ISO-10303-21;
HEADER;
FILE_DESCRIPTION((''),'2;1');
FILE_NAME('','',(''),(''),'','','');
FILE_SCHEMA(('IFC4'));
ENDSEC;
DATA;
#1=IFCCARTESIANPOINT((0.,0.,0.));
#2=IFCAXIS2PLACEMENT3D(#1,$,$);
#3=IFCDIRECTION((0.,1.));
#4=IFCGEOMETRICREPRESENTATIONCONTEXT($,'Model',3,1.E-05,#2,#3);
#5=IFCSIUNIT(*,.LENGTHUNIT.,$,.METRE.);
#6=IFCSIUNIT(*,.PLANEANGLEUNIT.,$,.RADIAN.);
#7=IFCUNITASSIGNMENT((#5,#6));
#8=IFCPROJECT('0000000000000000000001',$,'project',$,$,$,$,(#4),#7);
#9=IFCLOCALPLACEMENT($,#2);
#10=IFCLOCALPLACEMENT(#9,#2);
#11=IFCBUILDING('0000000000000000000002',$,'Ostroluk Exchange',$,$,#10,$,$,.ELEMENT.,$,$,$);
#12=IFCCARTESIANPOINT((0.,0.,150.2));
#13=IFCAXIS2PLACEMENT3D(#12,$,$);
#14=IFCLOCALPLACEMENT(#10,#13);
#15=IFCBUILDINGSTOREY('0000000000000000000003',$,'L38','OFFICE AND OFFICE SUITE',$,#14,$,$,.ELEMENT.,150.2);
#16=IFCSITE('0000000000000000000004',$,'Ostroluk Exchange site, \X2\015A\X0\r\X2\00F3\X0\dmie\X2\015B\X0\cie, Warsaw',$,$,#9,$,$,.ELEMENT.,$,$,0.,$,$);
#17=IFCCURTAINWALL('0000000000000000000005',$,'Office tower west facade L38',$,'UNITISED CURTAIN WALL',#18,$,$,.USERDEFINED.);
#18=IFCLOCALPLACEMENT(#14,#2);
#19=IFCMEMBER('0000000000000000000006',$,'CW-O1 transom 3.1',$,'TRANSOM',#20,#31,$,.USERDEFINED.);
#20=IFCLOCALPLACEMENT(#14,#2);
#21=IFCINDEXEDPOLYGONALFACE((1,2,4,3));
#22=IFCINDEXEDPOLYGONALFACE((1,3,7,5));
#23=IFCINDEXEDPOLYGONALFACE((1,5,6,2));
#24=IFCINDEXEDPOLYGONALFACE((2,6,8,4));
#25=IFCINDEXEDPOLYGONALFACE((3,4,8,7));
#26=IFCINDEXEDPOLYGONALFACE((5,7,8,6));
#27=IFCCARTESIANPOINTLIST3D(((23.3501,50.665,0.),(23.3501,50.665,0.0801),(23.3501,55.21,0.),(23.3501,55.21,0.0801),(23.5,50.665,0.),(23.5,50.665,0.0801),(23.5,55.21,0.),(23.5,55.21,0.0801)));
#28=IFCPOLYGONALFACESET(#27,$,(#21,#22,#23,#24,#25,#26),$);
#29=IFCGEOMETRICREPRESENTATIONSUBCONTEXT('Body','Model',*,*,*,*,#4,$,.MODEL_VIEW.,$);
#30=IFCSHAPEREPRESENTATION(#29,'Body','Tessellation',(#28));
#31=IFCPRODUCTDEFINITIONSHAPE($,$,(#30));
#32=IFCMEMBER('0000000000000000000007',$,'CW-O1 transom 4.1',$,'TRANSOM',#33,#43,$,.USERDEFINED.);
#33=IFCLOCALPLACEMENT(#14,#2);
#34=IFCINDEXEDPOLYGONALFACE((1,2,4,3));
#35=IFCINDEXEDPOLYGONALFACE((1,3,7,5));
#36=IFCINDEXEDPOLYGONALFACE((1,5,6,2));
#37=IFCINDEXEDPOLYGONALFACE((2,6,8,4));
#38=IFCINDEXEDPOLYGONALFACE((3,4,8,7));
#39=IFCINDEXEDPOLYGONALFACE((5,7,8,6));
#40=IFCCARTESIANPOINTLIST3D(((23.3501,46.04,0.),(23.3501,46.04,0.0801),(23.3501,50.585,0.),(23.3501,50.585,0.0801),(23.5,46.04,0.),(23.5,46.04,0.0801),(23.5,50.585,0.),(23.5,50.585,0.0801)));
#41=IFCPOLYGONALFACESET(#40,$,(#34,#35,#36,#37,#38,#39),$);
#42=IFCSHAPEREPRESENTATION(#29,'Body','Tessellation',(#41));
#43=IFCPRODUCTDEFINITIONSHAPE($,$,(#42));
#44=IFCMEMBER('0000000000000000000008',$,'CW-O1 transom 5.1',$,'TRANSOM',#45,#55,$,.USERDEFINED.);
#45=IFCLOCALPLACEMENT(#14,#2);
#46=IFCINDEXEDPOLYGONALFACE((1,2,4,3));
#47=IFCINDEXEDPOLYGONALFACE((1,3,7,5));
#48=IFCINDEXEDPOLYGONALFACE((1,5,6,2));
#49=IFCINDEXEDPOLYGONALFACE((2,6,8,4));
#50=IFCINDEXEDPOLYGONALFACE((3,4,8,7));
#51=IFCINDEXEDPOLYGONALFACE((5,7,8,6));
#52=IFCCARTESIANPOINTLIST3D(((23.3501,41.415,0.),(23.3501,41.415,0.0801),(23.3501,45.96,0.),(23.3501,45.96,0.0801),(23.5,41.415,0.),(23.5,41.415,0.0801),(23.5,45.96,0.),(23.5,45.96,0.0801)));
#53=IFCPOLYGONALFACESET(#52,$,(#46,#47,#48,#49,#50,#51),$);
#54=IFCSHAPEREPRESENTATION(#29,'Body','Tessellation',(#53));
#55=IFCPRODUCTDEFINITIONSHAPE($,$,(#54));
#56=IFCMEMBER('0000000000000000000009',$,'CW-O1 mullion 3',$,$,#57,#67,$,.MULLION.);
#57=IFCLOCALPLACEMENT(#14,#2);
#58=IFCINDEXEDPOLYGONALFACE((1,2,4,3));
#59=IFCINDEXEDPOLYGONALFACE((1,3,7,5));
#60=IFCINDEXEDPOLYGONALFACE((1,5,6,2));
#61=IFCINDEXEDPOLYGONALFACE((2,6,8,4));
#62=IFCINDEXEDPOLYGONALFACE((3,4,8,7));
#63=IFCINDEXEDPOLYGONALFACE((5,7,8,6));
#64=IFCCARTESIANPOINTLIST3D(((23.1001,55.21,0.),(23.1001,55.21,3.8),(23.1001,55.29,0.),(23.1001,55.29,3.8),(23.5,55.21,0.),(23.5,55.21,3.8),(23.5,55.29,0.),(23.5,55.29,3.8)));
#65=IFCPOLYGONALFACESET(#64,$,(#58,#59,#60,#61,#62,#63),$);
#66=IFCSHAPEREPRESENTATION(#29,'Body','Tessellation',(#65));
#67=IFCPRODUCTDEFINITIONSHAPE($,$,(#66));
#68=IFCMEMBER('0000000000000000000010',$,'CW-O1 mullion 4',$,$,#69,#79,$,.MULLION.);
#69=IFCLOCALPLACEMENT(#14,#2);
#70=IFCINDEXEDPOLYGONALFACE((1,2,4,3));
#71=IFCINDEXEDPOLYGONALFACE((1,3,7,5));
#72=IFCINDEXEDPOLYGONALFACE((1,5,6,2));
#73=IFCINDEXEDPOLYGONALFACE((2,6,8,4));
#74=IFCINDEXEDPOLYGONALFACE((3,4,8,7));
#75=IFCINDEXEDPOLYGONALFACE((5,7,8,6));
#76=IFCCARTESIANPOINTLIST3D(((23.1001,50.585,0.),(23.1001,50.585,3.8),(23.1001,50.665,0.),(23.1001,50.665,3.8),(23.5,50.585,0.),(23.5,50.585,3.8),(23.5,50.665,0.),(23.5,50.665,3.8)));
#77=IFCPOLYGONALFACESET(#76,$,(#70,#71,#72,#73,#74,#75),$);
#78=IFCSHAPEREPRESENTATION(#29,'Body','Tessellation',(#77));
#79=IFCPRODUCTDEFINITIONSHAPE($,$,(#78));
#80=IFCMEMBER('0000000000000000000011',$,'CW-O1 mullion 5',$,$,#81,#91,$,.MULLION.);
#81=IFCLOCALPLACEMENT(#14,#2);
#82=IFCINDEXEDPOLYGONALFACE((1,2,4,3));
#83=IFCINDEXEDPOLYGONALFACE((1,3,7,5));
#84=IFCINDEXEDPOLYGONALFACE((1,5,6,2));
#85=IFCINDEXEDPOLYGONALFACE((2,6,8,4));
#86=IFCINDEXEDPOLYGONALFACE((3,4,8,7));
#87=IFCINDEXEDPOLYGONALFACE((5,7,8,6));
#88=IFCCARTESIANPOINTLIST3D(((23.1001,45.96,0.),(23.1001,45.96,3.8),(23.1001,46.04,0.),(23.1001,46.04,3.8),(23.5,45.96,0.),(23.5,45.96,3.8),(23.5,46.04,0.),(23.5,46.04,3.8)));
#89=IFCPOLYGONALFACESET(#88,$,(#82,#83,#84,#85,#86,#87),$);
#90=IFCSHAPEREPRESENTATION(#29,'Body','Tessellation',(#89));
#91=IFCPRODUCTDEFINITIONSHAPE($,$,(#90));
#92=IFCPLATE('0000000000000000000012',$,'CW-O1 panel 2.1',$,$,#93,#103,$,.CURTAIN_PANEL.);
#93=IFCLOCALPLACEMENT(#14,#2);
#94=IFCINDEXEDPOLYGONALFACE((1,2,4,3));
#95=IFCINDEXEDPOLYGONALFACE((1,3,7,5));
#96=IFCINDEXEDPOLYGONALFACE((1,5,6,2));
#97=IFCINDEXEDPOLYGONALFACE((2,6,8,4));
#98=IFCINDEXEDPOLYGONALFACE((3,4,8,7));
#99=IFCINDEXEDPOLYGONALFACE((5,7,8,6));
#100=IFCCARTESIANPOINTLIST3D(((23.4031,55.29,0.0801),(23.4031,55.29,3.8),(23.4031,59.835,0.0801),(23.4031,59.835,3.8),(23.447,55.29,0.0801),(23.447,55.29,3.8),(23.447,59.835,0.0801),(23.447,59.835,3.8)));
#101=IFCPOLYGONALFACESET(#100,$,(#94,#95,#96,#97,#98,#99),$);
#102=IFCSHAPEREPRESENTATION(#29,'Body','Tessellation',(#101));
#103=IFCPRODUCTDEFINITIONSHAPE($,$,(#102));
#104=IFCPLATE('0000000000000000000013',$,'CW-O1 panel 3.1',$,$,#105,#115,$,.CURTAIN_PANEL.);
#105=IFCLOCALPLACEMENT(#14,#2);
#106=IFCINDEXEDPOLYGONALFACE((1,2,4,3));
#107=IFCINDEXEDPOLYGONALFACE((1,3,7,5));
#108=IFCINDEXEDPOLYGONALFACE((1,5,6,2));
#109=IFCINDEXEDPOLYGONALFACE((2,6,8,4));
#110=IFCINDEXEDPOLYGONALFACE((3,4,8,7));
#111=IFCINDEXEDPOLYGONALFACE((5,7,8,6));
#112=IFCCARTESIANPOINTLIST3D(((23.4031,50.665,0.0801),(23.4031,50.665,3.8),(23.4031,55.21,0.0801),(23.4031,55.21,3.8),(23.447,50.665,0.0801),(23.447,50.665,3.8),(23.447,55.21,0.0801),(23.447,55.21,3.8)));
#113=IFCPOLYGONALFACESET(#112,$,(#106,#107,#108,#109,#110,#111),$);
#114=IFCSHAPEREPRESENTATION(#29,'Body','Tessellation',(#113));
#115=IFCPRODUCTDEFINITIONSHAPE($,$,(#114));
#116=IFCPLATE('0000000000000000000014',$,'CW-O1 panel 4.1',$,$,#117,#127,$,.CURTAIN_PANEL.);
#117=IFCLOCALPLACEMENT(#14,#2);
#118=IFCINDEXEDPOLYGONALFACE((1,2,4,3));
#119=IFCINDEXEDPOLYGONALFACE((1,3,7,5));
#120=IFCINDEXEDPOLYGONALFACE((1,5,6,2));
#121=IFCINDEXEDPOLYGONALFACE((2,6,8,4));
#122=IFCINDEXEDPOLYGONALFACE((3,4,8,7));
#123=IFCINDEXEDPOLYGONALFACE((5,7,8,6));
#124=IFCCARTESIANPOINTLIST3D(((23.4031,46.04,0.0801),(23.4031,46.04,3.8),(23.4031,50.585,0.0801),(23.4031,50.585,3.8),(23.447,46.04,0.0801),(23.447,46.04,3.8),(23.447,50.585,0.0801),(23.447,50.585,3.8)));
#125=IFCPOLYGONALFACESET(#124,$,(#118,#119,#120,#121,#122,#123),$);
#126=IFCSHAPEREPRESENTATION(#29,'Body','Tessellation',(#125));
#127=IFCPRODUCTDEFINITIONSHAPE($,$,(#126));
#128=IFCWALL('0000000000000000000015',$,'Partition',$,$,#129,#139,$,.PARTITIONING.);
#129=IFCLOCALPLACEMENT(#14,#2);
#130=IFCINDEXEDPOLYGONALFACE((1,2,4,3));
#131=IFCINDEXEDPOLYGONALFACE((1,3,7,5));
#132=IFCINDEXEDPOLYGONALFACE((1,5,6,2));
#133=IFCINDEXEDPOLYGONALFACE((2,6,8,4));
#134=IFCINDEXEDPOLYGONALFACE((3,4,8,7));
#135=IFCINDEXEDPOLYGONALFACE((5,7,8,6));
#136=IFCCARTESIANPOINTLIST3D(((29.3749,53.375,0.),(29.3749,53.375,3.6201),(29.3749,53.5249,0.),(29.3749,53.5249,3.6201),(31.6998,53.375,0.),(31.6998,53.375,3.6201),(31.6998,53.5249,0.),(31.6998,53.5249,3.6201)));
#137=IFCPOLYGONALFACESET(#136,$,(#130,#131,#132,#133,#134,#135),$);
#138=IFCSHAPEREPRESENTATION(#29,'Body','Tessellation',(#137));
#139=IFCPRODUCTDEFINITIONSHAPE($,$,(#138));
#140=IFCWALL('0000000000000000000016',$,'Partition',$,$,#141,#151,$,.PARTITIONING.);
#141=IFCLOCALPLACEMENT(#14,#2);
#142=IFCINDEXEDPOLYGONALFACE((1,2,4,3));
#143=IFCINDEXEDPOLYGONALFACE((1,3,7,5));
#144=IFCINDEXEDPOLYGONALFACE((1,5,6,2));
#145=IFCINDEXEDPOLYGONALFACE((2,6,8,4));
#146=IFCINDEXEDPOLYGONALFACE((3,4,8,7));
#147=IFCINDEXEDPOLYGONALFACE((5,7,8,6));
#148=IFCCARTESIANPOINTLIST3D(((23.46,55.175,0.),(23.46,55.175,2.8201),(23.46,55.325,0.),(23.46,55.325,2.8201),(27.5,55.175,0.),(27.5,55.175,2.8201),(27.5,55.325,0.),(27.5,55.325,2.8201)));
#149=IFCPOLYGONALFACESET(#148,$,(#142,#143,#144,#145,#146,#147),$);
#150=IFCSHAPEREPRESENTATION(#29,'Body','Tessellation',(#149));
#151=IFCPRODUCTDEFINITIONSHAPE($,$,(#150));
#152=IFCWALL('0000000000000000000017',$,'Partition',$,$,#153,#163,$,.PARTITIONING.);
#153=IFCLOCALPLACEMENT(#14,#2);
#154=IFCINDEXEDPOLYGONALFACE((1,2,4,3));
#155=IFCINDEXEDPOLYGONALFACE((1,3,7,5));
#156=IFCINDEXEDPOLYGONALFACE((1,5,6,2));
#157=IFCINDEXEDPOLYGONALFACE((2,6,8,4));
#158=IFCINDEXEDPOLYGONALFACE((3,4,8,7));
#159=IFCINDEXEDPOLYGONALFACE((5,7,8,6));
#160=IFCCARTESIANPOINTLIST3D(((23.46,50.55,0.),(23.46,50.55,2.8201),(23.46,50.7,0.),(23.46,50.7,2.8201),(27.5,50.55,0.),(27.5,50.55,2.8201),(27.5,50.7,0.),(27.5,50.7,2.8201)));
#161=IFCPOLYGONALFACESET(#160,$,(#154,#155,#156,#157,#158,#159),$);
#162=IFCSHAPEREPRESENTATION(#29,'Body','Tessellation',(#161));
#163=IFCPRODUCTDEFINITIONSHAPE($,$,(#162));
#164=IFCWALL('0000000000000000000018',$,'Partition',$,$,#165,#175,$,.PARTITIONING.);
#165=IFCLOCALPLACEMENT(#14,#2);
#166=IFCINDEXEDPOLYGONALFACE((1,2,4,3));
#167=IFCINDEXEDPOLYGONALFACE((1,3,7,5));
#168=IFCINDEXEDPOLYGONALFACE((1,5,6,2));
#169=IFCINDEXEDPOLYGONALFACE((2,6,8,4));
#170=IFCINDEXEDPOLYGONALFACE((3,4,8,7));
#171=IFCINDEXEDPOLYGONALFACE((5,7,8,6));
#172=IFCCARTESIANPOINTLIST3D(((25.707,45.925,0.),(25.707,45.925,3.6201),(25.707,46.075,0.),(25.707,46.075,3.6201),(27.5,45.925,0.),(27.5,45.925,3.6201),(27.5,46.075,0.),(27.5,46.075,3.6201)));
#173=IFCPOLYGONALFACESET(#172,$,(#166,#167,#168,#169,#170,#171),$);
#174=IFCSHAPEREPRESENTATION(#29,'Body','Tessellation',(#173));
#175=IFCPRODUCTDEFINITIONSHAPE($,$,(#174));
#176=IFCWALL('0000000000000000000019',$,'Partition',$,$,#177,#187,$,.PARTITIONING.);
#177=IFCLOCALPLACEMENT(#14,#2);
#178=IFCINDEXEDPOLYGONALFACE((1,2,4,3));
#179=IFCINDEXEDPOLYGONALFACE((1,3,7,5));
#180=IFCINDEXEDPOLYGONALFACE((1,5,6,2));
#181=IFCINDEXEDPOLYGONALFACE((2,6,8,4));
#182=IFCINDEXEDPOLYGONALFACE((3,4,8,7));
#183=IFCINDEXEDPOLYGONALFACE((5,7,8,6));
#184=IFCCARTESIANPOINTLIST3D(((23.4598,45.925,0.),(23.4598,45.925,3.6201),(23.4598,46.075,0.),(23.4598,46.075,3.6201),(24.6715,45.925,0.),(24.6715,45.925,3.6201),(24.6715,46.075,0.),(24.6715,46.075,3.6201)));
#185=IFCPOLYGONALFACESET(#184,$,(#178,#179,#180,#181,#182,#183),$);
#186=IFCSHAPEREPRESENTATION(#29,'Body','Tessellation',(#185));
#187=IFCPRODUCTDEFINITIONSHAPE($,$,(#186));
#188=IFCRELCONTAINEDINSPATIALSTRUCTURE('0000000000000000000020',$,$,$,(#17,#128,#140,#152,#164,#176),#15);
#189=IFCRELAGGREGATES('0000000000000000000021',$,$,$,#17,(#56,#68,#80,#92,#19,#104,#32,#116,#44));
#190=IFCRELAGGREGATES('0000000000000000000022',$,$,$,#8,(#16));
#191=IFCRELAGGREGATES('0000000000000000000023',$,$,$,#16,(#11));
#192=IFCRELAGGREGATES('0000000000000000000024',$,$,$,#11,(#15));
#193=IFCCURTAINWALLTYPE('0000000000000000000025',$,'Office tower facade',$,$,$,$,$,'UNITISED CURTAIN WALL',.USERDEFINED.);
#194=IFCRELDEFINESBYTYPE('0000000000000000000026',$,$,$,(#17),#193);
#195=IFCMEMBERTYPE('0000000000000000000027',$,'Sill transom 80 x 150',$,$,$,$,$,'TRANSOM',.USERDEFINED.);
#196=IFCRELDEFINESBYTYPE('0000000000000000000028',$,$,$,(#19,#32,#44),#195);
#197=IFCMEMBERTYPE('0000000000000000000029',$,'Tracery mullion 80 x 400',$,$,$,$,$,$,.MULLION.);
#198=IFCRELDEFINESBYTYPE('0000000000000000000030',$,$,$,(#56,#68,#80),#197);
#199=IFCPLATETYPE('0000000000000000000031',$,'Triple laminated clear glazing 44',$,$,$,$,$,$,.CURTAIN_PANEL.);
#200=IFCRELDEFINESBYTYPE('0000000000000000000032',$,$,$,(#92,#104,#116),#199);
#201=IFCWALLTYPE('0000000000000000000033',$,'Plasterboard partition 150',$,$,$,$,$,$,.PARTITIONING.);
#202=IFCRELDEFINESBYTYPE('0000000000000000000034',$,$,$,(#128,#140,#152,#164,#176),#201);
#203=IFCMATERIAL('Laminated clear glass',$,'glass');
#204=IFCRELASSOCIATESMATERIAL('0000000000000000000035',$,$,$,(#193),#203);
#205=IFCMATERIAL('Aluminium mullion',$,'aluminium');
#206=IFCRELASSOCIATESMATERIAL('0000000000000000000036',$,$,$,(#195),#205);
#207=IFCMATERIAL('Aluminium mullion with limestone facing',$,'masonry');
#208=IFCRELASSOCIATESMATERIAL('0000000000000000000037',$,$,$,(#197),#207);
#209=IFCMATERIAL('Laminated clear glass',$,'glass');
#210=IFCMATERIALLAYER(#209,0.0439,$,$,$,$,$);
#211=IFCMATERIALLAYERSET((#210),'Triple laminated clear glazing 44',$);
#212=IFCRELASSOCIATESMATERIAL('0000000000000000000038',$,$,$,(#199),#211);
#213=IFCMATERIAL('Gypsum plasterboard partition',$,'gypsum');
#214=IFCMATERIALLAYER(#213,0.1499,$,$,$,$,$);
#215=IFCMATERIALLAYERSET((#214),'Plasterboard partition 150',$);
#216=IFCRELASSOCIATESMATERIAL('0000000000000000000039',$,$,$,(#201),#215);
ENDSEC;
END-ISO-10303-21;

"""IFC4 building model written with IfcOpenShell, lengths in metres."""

from ifc_helpers import new_model, si_unit, direction, frame, frame_2d, origin, origin_2d, place, context, subcontext, project, spatial, rectangle, extrude, material, layer, layer_set, material_profile, profile_set, type_object, element, aggregate, save


model = new_model("IFC4")

# Units and contexts
model_context = context("Model", 3, precision=1e-05, world=origin(), true_north=direction((0.0, 1.0)))
body_context = subcontext(model_context, "Body", "Model", "MODEL_VIEW")
ifc_project = project(units=[si_unit("LENGTHUNIT", "METRE"), si_unit("PLANEANGLEUNIT", "RADIAN")], contexts=[model_context])

# Site, building, storey
site_placement = place(None, origin())
site = spatial("IfcSite", under=ifc_project, at=site_placement, Name="Ostroluk Exchange site, Śródmieście, Warsaw", CompositionType="ELEMENT", RefElevation=0.0)
building_placement = place(site_placement, origin())
building = spatial("IfcBuilding", under=site, at=building_placement, Name="Ostroluk Exchange", CompositionType="ELEMENT")
storey_placement = place(building_placement, frame((0.0, 0.0, 150.2)))
storey = spatial("IfcBuildingStorey", under=building, at=storey_placement, Name="L38", Description="OFFICE AND OFFICE SUITE", CompositionType="ELEMENT", Elevation=150.2)

# Curtain wall, members, plates
ifc_material_1 = material(Name="Laminated clear glass", Category="glass")
curtain_wall_type = type_object("IfcCurtainWallType", Name="Office tower facade", ElementType="UNITISED CURTAIN WALL", PredefinedType="USERDEFINED", material=ifc_material_1)
curtain_wall_placement = place(storey_placement, origin())
curtain_wall = element("IfcCurtainWall", 1, at=curtain_wall_placement, inside=storey, type_object=curtain_wall_type, Name="Office tower west facade L38", ObjectType="UNITISED CURTAIN WALL", PredefinedType="USERDEFINED")
ifc_material_2 = material(Name="Aluminium mullion", Category="aluminium")
ifc_material_profile_1 = material_profile(ifc_material_2, rectangle(XDim=0.1499, YDim=0.0801, at=origin_2d()), Name="Sill transom 80 x 150")
ifc_profile_set_1 = profile_set([ifc_material_profile_1], Name="Aluminium mullion")
member_type_1 = type_object("IfcMemberType", Name="Sill transom 80 x 150", ElementType="TRANSOM", PredefinedType="USERDEFINED", material=ifc_profile_set_1)
member_1_placement = place(storey_placement, frame((23.425, 55.21, 0.04), z_axis=(0.0, -1.0, 0.0), x_axis=(1.0, 0.0, 0.0)))
member_1 = element("IfcMember", 2, at=member_1_placement, type_object=member_type_1, Name="CW-O1 transom 3.1", ObjectType="TRANSOM", PredefinedType="USERDEFINED", context=body_context, shape_type="SweptSolid", body=[
    extrude(rectangle(XDim=0.1499, YDim=0.0801, at=origin_2d()), origin(), (0.0, 0.0, 1.0), 4.5449),
])
member_2_placement = place(storey_placement, frame((23.425, 50.585, 0.04), z_axis=(0.0, -1.0, 0.0), x_axis=(1.0, 0.0, 0.0)))
member_2 = element("IfcMember", 3, at=member_2_placement, type_object=member_type_1, Name="CW-O1 transom 4.1", ObjectType="TRANSOM", PredefinedType="USERDEFINED", context=body_context, shape_type="SweptSolid", body=[
    extrude(rectangle(XDim=0.1499, YDim=0.0801, at=origin_2d()), origin(), (0.0, 0.0, 1.0), 4.5449),
])
member_3_placement = place(storey_placement, frame((23.425, 45.96, 0.04), z_axis=(0.0, -1.0, 0.0), x_axis=(1.0, 0.0, 0.0)))
member_3 = element("IfcMember", 4, at=member_3_placement, type_object=member_type_1, Name="CW-O1 transom 5.1", ObjectType="TRANSOM", PredefinedType="USERDEFINED", context=body_context, shape_type="SweptSolid", body=[
    extrude(rectangle(XDim=0.1499, YDim=0.0801, at=origin_2d()), origin(), (0.0, 0.0, 1.0), 4.5449),
])
ifc_material_3 = material(Name="Aluminium mullion with limestone facing", Category="masonry")
ifc_material_profile_2 = material_profile(ifc_material_3, rectangle(XDim=0.3999, YDim=0.0801, at=origin_2d()), Name="Tracery mullion 80 x 400")
ifc_profile_set_2 = profile_set([ifc_material_profile_2], Name="Aluminium mullion with limestone facing")
member_type_2 = type_object("IfcMemberType", Name="Tracery mullion 80 x 400", PredefinedType="MULLION", material=ifc_profile_set_2)
member_4_placement = place(storey_placement, frame((23.3, 55.25, 0.0), z_axis=(0.0, 0.0, 1.0), x_axis=(1.0, 0.0, 0.0)))
member_4 = element("IfcMember", 5, at=member_4_placement, type_object=member_type_2, Name="CW-O1 mullion 3", PredefinedType="MULLION", context=body_context, shape_type="SweptSolid", body=[
    extrude(rectangle(XDim=0.3999, YDim=0.0801, at=origin_2d()), origin(), (0.0, 0.0, 1.0), 3.8),
])
member_5_placement = place(storey_placement, frame((23.3, 50.625, 0.0), z_axis=(0.0, 0.0, 1.0), x_axis=(1.0, 0.0, 0.0)))
member_5 = element("IfcMember", 6, at=member_5_placement, type_object=member_type_2, Name="CW-O1 mullion 4", PredefinedType="MULLION", context=body_context, shape_type="SweptSolid", body=[
    extrude(rectangle(XDim=0.3999, YDim=0.0801, at=origin_2d()), origin(), (0.0, 0.0, 1.0), 3.8),
])
member_6_placement = place(storey_placement, frame((23.3, 46.0, 0.0), z_axis=(0.0, 0.0, 1.0), x_axis=(1.0, 0.0, 0.0)))
member_6 = element("IfcMember", 7, at=member_6_placement, type_object=member_type_2, Name="CW-O1 mullion 5", PredefinedType="MULLION", context=body_context, shape_type="SweptSolid", body=[
    extrude(rectangle(XDim=0.3999, YDim=0.0801, at=origin_2d()), origin(), (0.0, 0.0, 1.0), 3.8),
])
ifc_material_4 = material(Name="Laminated clear glass", Category="glass")
ifc_layer_1 = layer(ifc_material_4, 0.0439)
ifc_layer_set_1 = layer_set([ifc_layer_1], Name="Triple laminated clear glazing 44")
plate_type = type_object("IfcPlateType", Name="Triple laminated clear glazing 44", PredefinedType="CURTAIN_PANEL", material=ifc_layer_set_1)
plate_1_placement = place(storey_placement, frame((23.425, 57.5625, 0.0801), z_axis=(0.0, 0.0, 1.0), x_axis=(0.0, -1.0, 0.0)))
plate_1 = element("IfcPlate", 8, at=plate_1_placement, type_object=plate_type, Name="CW-O1 panel 2.1", PredefinedType="CURTAIN_PANEL", context=body_context, shape_type="SweptSolid", body=[
    extrude(rectangle(XDim=4.5449, YDim=0.0439, at=origin_2d()), origin(), (0.0, 0.0, 1.0), 3.72),
])
plate_2_placement = place(storey_placement, frame((23.425, 52.9375, 0.0801), z_axis=(0.0, 0.0, 1.0), x_axis=(0.0, -1.0, 0.0)))
plate_2 = element("IfcPlate", 9, at=plate_2_placement, type_object=plate_type, Name="CW-O1 panel 3.1", PredefinedType="CURTAIN_PANEL", context=body_context, shape_type="SweptSolid", body=[
    extrude(rectangle(XDim=4.5449, YDim=0.0439, at=origin_2d()), origin(), (0.0, 0.0, 1.0), 3.72),
])
plate_3_placement = place(storey_placement, frame((23.425, 48.3125, 0.0801), z_axis=(0.0, 0.0, 1.0), x_axis=(0.0, -1.0, 0.0)))
plate_3 = element("IfcPlate", 10, at=plate_3_placement, type_object=plate_type, Name="CW-O1 panel 4.1", PredefinedType="CURTAIN_PANEL", context=body_context, shape_type="SweptSolid", body=[
    extrude(rectangle(XDim=4.5449, YDim=0.0439, at=origin_2d()), origin(), (0.0, 0.0, 1.0), 3.72),
])
aggregate(curtain_wall, [member_4, member_5, member_6, plate_1, member_1, plate_2, member_2, plate_3, member_3])

# Walls
ifc_material_5 = material(Name="Gypsum plasterboard partition", Category="gypsum")
ifc_layer_2 = layer(ifc_material_5, 0.1499)
ifc_layer_set_2 = layer_set([ifc_layer_2], Name="Plasterboard partition 150")
wall_type = type_object("IfcWallType", Name="Plasterboard partition 150", PredefinedType="PARTITIONING", material=ifc_layer_set_2)
wall_1_placement = place(storey_placement, frame((31.7, 53.45, 0.0), z_axis=(0.0, 0.0, 1.0), x_axis=(-1.0, 0.0, 0.0)))
element("IfcWall", 11, at=wall_1_placement, inside=storey, type_object=wall_type, Name="Partition", PredefinedType="PARTITIONING", context=body_context, shape_type="SweptSolid", body=[
    extrude(rectangle(XDim=2.325, YDim=0.1499, at=frame_2d((1.1626, 0.0))), origin(), (0.0, 0.0, 1.0), 3.6201),
])
for number, where, z_axis, x_axis, name in (
    (12, (27.5, 55.25, 0.0), (0.0, 0.0, 1.0), (-1.0, 0.0, 0.0), "Partition"),
    (13, (27.5, 50.625, 0.0), (0.0, 0.0, 1.0), (-1.0, 0.0, 0.0), "Partition"),
):
    element("IfcWall", number, at=place(storey_placement, frame(where, z_axis=z_axis, x_axis=x_axis)), inside=storey, type_object=wall_type, Name=name, PredefinedType="PARTITIONING", context=body_context, shape_type="SweptSolid", body=[
        extrude(rectangle(XDim=4.04, YDim=0.1499, at=frame_2d((2.02, 0.0))), origin(), (0.0, 0.0, 1.0), 2.8201),
    ])
wall_2_placement = place(storey_placement, frame((27.5, 46.0, 0.0), z_axis=(0.0, 0.0, 1.0), x_axis=(-1.0, 0.0, 0.0)))
element("IfcWall", 14, at=wall_2_placement, inside=storey, type_object=wall_type, Name="Partition", PredefinedType="PARTITIONING", context=body_context, shape_type="SweptSolid", body=[
    extrude(rectangle(XDim=1.793, YDim=0.1499, at=frame_2d((0.8965, 0.0))), origin(), (0.0, 0.0, 1.0), 3.6201),
])
wall_3_placement = place(storey_placement, frame((24.6716, 46.0, 0.0), z_axis=(0.0, 0.0, 1.0), x_axis=(-1.0, 0.0, 0.0)))
element("IfcWall", 15, at=wall_3_placement, inside=storey, type_object=wall_type, Name="Partition", PredefinedType="PARTITIONING", context=body_context, shape_type="SweptSolid", body=[
    extrude(rectangle(XDim=1.2117, YDim=0.1499, at=frame_2d((0.606, 0.0))), origin(), (0.0, 0.0, 1.0), 3.6201),
])

save(model, "model.ifc")
